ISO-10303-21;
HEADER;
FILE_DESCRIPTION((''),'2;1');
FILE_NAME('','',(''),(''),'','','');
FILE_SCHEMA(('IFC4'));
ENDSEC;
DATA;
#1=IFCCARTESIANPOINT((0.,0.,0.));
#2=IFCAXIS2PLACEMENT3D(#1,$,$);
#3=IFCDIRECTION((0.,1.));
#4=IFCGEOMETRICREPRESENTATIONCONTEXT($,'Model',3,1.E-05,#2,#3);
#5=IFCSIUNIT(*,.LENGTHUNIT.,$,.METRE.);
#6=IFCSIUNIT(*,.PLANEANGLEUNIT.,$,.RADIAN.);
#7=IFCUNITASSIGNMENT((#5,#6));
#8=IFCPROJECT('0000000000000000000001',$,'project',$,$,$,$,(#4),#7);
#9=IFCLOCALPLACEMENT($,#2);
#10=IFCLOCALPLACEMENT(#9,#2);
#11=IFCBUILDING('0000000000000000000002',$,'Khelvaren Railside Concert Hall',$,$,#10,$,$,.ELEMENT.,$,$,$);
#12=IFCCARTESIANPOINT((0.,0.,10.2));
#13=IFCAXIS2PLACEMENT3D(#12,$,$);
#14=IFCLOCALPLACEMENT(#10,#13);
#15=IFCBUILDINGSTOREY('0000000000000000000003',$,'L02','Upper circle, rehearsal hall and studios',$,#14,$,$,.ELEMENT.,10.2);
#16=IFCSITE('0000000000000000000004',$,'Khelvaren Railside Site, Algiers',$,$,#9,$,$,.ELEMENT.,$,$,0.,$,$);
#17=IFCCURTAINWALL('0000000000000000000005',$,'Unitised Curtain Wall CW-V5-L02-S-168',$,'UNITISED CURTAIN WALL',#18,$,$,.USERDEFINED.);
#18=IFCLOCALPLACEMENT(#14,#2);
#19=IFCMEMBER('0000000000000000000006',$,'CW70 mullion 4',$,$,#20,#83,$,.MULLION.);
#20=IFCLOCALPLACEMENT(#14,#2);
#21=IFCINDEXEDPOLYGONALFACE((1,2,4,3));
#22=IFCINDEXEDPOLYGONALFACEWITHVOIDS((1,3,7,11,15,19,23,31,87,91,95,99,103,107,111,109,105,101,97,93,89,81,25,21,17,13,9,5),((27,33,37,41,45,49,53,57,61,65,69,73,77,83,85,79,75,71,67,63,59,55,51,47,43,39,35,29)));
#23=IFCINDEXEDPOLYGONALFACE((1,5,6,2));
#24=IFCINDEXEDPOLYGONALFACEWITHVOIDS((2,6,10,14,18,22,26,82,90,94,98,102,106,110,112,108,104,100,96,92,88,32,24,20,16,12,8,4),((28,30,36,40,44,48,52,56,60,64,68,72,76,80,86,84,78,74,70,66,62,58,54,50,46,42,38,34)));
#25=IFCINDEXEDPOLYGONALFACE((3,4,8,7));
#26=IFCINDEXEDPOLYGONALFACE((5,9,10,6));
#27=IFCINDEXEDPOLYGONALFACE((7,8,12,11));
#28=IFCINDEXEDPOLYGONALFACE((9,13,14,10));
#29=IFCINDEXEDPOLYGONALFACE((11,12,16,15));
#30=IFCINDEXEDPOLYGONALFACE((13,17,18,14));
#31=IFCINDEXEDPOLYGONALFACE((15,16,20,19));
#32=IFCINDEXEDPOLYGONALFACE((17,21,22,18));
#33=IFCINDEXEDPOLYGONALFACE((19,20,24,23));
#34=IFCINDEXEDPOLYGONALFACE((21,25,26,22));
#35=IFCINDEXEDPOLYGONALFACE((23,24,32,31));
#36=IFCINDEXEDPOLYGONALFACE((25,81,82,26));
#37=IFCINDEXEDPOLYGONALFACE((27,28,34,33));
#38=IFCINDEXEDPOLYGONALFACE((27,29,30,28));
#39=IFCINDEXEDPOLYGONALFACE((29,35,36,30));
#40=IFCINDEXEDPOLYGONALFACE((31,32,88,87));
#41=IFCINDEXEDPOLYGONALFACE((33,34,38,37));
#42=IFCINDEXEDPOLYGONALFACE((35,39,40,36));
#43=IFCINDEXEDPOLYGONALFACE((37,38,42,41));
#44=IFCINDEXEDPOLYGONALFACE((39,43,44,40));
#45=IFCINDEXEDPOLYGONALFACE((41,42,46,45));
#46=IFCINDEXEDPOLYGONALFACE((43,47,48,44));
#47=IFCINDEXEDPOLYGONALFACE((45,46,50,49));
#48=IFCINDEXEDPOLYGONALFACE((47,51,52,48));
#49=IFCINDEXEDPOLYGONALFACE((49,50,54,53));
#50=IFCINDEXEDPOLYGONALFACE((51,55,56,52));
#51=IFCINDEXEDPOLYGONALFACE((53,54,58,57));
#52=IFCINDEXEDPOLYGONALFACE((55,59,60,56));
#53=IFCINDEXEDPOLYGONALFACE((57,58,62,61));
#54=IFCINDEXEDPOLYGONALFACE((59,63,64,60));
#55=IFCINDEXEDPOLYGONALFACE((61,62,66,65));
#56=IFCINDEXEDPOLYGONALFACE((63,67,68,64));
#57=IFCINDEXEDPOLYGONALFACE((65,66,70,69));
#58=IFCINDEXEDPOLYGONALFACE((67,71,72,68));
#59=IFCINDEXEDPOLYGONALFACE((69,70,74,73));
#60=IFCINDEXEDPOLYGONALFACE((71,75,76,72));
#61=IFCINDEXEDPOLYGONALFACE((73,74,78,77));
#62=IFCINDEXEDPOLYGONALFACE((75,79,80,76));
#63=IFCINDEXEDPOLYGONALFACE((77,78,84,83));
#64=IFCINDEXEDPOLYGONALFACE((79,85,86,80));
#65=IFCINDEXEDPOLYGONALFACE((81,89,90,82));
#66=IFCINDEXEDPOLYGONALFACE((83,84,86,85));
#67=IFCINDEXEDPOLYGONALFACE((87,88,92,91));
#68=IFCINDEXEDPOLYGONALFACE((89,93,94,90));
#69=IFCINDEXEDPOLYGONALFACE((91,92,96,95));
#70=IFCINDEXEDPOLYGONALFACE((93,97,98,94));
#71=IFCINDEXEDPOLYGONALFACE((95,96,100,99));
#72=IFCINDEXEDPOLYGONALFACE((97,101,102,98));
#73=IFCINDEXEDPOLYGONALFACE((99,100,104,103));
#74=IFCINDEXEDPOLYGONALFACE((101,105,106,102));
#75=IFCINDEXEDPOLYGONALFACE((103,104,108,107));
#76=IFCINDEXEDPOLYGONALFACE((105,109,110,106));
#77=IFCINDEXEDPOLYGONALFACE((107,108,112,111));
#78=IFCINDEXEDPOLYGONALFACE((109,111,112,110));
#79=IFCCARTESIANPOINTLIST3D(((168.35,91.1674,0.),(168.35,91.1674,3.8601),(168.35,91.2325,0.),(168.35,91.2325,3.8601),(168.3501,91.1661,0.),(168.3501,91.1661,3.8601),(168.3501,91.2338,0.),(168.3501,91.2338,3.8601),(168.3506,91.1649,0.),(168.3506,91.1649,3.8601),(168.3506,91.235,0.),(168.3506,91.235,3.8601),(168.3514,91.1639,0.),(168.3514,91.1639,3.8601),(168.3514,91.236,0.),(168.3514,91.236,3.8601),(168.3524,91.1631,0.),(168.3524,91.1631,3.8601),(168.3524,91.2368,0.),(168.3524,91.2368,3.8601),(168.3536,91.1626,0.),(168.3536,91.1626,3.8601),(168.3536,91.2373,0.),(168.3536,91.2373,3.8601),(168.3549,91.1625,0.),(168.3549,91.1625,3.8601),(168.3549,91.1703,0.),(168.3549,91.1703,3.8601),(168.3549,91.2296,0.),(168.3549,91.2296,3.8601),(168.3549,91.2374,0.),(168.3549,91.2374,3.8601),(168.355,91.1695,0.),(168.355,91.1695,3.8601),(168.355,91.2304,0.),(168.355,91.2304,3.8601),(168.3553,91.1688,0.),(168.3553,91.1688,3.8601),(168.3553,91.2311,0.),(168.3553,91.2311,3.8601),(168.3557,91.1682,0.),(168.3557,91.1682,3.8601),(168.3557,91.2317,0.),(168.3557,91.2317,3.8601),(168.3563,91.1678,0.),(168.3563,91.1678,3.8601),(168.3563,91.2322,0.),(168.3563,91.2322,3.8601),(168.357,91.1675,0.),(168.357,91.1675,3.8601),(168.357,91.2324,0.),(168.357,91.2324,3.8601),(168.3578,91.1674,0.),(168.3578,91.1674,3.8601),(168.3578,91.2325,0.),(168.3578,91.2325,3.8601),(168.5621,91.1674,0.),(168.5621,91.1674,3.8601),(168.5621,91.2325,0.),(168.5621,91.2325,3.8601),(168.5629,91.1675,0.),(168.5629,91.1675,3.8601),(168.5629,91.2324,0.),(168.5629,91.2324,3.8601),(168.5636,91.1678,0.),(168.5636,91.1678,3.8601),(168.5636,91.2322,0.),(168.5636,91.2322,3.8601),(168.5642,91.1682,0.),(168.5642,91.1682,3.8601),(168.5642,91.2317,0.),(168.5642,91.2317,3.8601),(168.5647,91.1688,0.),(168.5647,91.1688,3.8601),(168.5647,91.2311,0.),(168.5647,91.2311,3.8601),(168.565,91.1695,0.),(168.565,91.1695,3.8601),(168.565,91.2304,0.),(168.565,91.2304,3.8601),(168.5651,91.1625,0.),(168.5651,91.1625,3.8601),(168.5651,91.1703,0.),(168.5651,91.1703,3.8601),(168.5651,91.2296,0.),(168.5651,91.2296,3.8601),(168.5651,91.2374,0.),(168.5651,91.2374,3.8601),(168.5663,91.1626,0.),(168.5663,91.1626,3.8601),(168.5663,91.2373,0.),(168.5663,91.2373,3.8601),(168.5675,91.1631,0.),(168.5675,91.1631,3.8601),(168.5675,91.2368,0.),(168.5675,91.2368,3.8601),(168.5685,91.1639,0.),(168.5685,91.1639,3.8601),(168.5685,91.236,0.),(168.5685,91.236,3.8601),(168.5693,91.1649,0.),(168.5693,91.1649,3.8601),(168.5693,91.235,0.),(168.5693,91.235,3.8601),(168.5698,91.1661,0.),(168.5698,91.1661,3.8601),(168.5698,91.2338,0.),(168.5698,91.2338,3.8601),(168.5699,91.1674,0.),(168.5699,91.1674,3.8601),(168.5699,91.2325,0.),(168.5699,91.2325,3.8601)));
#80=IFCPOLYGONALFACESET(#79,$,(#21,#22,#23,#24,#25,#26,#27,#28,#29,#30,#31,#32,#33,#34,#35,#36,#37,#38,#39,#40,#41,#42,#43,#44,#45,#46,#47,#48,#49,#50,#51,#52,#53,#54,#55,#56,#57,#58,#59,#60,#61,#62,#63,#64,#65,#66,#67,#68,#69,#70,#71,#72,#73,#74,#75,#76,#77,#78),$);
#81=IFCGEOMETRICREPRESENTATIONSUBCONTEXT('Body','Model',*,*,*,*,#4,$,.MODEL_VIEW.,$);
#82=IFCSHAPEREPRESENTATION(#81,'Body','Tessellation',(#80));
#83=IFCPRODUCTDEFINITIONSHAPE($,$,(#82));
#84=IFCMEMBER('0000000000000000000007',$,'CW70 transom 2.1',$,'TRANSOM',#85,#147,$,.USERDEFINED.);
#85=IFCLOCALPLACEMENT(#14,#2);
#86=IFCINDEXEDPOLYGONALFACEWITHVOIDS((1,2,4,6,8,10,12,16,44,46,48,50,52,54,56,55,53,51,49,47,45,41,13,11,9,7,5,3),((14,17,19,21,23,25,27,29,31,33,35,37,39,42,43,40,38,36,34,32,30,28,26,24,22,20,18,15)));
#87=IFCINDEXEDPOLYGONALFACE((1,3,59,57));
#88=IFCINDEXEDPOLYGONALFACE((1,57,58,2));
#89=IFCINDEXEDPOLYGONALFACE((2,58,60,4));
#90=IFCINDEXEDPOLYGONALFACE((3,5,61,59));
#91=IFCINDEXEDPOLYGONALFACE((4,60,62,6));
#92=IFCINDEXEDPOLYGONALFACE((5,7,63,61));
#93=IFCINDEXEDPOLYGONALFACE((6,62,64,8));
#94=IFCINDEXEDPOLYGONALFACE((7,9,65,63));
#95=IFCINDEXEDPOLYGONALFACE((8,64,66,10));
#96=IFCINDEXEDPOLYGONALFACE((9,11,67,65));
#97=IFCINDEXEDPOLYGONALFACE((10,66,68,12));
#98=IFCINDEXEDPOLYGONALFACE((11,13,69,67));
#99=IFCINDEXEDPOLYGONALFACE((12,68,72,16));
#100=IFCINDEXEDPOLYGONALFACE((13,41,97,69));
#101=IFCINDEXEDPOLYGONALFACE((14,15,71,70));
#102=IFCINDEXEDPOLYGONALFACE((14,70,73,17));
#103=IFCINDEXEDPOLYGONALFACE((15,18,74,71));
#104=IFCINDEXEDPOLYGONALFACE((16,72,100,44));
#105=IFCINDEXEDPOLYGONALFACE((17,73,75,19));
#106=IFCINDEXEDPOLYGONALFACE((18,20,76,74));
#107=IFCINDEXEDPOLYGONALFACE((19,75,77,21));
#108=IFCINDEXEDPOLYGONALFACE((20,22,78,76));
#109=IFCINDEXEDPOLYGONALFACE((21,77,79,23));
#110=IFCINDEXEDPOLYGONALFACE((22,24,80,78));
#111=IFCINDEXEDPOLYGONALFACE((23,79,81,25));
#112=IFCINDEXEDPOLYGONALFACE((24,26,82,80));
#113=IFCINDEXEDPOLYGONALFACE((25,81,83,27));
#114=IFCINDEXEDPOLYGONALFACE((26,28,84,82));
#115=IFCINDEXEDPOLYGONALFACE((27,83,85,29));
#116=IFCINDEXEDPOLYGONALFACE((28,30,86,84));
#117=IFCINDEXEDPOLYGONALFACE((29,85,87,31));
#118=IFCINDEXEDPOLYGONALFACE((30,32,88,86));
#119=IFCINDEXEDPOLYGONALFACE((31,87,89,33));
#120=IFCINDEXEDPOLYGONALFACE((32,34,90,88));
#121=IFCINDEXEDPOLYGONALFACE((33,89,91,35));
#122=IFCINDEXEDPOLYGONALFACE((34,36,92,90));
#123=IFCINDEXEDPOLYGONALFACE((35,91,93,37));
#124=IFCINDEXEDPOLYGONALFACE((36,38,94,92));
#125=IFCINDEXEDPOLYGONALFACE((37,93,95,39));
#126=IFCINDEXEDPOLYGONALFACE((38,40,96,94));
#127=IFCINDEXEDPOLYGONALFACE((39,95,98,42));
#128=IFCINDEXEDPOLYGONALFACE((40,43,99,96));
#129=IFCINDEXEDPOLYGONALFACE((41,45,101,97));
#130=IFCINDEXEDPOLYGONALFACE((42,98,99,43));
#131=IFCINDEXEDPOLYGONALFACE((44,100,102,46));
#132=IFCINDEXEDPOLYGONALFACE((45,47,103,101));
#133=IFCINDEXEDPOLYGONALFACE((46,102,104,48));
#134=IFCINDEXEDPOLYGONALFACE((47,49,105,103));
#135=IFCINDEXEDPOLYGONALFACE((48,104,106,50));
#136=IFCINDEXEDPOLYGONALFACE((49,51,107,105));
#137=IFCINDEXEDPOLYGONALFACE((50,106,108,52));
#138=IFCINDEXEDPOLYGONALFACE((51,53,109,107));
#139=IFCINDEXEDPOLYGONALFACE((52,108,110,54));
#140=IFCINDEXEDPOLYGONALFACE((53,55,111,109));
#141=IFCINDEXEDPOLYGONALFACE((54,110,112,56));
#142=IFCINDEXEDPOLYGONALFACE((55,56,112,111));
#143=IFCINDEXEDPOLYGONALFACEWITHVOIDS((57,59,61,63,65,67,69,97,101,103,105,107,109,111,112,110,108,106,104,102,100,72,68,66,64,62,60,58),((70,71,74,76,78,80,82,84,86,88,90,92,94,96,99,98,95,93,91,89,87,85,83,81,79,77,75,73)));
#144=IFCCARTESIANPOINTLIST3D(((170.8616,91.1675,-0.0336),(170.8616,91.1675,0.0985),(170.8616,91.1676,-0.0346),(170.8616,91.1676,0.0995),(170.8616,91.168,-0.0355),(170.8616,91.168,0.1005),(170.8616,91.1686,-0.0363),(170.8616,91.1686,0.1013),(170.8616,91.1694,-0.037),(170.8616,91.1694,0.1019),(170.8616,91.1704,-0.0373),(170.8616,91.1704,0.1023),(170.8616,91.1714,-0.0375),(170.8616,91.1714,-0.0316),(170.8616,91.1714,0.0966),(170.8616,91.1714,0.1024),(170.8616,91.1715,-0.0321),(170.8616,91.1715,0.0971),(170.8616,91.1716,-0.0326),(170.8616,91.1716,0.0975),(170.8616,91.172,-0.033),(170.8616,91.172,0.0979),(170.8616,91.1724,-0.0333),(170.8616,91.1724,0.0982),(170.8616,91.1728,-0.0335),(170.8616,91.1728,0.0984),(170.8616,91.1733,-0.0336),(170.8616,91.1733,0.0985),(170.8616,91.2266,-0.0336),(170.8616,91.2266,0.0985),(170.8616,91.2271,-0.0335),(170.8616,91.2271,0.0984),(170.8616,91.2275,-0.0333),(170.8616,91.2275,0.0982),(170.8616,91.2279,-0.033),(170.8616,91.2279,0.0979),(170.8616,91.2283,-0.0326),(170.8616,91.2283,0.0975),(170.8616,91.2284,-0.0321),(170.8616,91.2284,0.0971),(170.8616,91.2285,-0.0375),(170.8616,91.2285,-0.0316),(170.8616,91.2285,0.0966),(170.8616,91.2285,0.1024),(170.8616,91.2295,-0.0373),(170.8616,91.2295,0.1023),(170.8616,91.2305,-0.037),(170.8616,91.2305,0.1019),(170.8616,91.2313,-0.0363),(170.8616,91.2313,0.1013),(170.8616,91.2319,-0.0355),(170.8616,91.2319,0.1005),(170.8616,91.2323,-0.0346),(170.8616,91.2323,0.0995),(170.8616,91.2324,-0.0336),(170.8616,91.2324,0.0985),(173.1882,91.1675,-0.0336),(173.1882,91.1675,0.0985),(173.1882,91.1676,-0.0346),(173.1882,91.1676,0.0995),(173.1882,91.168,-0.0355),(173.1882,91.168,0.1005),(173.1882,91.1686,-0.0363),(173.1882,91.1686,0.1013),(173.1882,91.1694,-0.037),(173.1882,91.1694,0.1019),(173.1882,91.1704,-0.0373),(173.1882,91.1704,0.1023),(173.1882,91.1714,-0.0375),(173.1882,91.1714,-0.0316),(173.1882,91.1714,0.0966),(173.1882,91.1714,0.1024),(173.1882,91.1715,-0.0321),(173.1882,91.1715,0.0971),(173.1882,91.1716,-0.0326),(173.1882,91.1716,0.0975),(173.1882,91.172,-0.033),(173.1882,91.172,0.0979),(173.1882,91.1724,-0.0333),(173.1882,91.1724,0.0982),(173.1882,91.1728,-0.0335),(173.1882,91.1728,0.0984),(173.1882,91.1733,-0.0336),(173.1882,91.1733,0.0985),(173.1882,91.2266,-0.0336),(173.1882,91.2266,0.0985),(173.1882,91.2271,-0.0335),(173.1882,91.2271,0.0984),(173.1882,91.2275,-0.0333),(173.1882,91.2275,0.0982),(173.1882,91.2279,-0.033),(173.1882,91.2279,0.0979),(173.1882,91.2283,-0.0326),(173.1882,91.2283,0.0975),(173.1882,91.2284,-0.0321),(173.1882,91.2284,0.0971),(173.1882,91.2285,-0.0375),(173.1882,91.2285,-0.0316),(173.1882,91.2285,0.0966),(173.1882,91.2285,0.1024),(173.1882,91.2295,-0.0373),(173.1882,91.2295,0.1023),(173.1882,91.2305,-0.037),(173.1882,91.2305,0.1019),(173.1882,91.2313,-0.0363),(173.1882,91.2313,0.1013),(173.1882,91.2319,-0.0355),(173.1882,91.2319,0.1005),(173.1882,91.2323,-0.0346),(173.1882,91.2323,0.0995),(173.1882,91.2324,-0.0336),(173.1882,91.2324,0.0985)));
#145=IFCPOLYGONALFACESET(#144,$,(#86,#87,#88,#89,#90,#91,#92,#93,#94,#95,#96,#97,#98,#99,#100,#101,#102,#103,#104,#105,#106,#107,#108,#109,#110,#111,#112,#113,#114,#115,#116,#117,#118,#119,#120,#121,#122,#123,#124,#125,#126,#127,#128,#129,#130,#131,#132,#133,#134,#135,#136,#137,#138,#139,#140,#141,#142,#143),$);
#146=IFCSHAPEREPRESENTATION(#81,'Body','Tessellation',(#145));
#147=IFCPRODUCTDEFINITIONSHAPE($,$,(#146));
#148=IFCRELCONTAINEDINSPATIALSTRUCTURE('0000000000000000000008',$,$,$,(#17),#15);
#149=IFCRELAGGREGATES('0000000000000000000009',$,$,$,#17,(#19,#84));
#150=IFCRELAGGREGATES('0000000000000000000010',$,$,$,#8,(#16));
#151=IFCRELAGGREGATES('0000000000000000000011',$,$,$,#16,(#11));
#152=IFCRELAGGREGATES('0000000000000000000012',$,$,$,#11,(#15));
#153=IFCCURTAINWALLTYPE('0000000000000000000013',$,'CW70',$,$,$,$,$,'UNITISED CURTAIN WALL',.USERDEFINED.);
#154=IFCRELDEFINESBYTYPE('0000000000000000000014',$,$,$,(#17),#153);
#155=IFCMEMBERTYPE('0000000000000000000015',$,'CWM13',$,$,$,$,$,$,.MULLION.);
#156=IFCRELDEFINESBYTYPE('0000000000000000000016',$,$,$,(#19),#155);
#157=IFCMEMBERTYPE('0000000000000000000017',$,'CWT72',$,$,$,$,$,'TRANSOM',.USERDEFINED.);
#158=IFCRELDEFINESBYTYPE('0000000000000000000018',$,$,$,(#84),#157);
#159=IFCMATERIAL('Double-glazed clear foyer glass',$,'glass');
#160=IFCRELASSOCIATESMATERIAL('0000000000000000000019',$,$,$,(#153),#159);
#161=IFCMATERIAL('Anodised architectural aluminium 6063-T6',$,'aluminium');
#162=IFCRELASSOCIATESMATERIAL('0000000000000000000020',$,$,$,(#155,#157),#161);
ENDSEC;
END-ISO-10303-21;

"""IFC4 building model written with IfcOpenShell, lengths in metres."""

from ifc_helpers import new_model, si_unit, direction, frame, origin, origin_2d, place, context, subcontext, project, spatial, hollow_rectangle, extrude, material, material_profile, profile_set, type_object, element, aggregate, save


model = new_model("IFC4")

# Units and contexts
model_context = context("Model", 3, precision=1e-05, world=origin(), true_north=direction((0.0, 1.0)))
body_context = subcontext(model_context, "Body", "Model", "MODEL_VIEW")
ifc_project = project(units=[si_unit("LENGTHUNIT", "METRE"), si_unit("PLANEANGLEUNIT", "RADIAN")], contexts=[model_context])

# Site, building, storey
site_placement = place(None, origin())
site = spatial("IfcSite", under=ifc_project, at=site_placement, Name="Khelvaren Railside Site, Algiers", CompositionType="ELEMENT", RefElevation=0.0)
building_placement = place(site_placement, origin())
building = spatial("IfcBuilding", under=site, at=building_placement, Name="Khelvaren Railside Concert Hall", CompositionType="ELEMENT")
storey_placement = place(building_placement, frame((0.0, 0.0, 10.2)))
storey = spatial("IfcBuildingStorey", under=building, at=storey_placement, Name="L02", Description="Upper circle, rehearsal hall and studios", CompositionType="ELEMENT", Elevation=10.2)

# Curtain wall, members
ifc_material_1 = material(Name="Double-glazed clear foyer glass", Category="glass")
curtain_wall_type = type_object("IfcCurtainWallType", Name="CW70", ElementType="UNITISED CURTAIN WALL", PredefinedType="USERDEFINED", material=ifc_material_1)
curtain_wall_placement = place(storey_placement, origin())
curtain_wall = element("IfcCurtainWall", 1, at=curtain_wall_placement, inside=storey, type_object=curtain_wall_type, Name="Unitised Curtain Wall CW-V5-L02-S-168", ObjectType="UNITISED CURTAIN WALL", PredefinedType="USERDEFINED")
ifc_material_2 = material(Name="Anodised architectural aluminium 6063-T6", Category="aluminium")
ifc_material_profile_1 = material_profile(ifc_material_2, hollow_rectangle(XDim=0.075, YDim=0.22, WallThickness=0.0049, InnerFilletRadius=0.0029, OuterFilletRadius=0.0049, at=origin_2d()), Name="CWM 75x220x5")
ifc_profile_set_1 = profile_set([ifc_material_profile_1], Name="Anodised architectural aluminium 6063-T6")
member_type_1 = type_object("IfcMemberType", Name="CWM13", PredefinedType="MULLION", material=ifc_profile_set_1)
member_1_placement = place(storey_placement, frame((168.46, 91.2, 0.0), z_axis=(0.0, 0.0, 1.0), x_axis=(0.0, -1.0, 0.0)))
member_1 = element("IfcMember", 2, at=member_1_placement, type_object=member_type_1, Name="CW70 mullion 4", PredefinedType="MULLION", context=body_context, shape_type="SweptSolid", body=[
    extrude(hollow_rectangle(XDim=0.075, YDim=0.22, WallThickness=0.0049, InnerFilletRadius=0.0029, OuterFilletRadius=0.0049, at=origin_2d()), origin(), (0.0, 0.0, 1.0), 3.8601),
])
ifc_material_profile_2 = material_profile(ifc_material_2, hollow_rectangle(XDim=0.0649, YDim=0.1399, WallThickness=0.0039, InnerFilletRadius=0.002, OuterFilletRadius=0.0039, at=origin_2d()), Name="CWT 65x140x4")
ifc_profile_set_2 = profile_set([ifc_material_profile_2], Name="Anodised architectural aluminium 6063-T6")
member_type_2 = type_object("IfcMemberType", Name="CWT72", ElementType="TRANSOM", PredefinedType="USERDEFINED", material=ifc_profile_set_2)
member_2_placement = place(storey_placement, frame((173.1882, 91.2, 0.0325), z_axis=(-1.0, 0.0, 0.0), x_axis=(0.0, -1.0, 0.0)))
member_2 = element("IfcMember", 3, at=member_2_placement, type_object=member_type_2, Name="CW70 transom 2.1", ObjectType="TRANSOM", PredefinedType="USERDEFINED", context=body_context, shape_type="SweptSolid", body=[
    extrude(hollow_rectangle(XDim=0.0649, YDim=0.1399, WallThickness=0.0039, InnerFilletRadius=0.002, OuterFilletRadius=0.0039, at=origin_2d()), origin(), (0.0, 0.0, 1.0), 2.3267),
])

aggregate(curtain_wall, [member_1, member_2])

save(model, "model.ifc")
